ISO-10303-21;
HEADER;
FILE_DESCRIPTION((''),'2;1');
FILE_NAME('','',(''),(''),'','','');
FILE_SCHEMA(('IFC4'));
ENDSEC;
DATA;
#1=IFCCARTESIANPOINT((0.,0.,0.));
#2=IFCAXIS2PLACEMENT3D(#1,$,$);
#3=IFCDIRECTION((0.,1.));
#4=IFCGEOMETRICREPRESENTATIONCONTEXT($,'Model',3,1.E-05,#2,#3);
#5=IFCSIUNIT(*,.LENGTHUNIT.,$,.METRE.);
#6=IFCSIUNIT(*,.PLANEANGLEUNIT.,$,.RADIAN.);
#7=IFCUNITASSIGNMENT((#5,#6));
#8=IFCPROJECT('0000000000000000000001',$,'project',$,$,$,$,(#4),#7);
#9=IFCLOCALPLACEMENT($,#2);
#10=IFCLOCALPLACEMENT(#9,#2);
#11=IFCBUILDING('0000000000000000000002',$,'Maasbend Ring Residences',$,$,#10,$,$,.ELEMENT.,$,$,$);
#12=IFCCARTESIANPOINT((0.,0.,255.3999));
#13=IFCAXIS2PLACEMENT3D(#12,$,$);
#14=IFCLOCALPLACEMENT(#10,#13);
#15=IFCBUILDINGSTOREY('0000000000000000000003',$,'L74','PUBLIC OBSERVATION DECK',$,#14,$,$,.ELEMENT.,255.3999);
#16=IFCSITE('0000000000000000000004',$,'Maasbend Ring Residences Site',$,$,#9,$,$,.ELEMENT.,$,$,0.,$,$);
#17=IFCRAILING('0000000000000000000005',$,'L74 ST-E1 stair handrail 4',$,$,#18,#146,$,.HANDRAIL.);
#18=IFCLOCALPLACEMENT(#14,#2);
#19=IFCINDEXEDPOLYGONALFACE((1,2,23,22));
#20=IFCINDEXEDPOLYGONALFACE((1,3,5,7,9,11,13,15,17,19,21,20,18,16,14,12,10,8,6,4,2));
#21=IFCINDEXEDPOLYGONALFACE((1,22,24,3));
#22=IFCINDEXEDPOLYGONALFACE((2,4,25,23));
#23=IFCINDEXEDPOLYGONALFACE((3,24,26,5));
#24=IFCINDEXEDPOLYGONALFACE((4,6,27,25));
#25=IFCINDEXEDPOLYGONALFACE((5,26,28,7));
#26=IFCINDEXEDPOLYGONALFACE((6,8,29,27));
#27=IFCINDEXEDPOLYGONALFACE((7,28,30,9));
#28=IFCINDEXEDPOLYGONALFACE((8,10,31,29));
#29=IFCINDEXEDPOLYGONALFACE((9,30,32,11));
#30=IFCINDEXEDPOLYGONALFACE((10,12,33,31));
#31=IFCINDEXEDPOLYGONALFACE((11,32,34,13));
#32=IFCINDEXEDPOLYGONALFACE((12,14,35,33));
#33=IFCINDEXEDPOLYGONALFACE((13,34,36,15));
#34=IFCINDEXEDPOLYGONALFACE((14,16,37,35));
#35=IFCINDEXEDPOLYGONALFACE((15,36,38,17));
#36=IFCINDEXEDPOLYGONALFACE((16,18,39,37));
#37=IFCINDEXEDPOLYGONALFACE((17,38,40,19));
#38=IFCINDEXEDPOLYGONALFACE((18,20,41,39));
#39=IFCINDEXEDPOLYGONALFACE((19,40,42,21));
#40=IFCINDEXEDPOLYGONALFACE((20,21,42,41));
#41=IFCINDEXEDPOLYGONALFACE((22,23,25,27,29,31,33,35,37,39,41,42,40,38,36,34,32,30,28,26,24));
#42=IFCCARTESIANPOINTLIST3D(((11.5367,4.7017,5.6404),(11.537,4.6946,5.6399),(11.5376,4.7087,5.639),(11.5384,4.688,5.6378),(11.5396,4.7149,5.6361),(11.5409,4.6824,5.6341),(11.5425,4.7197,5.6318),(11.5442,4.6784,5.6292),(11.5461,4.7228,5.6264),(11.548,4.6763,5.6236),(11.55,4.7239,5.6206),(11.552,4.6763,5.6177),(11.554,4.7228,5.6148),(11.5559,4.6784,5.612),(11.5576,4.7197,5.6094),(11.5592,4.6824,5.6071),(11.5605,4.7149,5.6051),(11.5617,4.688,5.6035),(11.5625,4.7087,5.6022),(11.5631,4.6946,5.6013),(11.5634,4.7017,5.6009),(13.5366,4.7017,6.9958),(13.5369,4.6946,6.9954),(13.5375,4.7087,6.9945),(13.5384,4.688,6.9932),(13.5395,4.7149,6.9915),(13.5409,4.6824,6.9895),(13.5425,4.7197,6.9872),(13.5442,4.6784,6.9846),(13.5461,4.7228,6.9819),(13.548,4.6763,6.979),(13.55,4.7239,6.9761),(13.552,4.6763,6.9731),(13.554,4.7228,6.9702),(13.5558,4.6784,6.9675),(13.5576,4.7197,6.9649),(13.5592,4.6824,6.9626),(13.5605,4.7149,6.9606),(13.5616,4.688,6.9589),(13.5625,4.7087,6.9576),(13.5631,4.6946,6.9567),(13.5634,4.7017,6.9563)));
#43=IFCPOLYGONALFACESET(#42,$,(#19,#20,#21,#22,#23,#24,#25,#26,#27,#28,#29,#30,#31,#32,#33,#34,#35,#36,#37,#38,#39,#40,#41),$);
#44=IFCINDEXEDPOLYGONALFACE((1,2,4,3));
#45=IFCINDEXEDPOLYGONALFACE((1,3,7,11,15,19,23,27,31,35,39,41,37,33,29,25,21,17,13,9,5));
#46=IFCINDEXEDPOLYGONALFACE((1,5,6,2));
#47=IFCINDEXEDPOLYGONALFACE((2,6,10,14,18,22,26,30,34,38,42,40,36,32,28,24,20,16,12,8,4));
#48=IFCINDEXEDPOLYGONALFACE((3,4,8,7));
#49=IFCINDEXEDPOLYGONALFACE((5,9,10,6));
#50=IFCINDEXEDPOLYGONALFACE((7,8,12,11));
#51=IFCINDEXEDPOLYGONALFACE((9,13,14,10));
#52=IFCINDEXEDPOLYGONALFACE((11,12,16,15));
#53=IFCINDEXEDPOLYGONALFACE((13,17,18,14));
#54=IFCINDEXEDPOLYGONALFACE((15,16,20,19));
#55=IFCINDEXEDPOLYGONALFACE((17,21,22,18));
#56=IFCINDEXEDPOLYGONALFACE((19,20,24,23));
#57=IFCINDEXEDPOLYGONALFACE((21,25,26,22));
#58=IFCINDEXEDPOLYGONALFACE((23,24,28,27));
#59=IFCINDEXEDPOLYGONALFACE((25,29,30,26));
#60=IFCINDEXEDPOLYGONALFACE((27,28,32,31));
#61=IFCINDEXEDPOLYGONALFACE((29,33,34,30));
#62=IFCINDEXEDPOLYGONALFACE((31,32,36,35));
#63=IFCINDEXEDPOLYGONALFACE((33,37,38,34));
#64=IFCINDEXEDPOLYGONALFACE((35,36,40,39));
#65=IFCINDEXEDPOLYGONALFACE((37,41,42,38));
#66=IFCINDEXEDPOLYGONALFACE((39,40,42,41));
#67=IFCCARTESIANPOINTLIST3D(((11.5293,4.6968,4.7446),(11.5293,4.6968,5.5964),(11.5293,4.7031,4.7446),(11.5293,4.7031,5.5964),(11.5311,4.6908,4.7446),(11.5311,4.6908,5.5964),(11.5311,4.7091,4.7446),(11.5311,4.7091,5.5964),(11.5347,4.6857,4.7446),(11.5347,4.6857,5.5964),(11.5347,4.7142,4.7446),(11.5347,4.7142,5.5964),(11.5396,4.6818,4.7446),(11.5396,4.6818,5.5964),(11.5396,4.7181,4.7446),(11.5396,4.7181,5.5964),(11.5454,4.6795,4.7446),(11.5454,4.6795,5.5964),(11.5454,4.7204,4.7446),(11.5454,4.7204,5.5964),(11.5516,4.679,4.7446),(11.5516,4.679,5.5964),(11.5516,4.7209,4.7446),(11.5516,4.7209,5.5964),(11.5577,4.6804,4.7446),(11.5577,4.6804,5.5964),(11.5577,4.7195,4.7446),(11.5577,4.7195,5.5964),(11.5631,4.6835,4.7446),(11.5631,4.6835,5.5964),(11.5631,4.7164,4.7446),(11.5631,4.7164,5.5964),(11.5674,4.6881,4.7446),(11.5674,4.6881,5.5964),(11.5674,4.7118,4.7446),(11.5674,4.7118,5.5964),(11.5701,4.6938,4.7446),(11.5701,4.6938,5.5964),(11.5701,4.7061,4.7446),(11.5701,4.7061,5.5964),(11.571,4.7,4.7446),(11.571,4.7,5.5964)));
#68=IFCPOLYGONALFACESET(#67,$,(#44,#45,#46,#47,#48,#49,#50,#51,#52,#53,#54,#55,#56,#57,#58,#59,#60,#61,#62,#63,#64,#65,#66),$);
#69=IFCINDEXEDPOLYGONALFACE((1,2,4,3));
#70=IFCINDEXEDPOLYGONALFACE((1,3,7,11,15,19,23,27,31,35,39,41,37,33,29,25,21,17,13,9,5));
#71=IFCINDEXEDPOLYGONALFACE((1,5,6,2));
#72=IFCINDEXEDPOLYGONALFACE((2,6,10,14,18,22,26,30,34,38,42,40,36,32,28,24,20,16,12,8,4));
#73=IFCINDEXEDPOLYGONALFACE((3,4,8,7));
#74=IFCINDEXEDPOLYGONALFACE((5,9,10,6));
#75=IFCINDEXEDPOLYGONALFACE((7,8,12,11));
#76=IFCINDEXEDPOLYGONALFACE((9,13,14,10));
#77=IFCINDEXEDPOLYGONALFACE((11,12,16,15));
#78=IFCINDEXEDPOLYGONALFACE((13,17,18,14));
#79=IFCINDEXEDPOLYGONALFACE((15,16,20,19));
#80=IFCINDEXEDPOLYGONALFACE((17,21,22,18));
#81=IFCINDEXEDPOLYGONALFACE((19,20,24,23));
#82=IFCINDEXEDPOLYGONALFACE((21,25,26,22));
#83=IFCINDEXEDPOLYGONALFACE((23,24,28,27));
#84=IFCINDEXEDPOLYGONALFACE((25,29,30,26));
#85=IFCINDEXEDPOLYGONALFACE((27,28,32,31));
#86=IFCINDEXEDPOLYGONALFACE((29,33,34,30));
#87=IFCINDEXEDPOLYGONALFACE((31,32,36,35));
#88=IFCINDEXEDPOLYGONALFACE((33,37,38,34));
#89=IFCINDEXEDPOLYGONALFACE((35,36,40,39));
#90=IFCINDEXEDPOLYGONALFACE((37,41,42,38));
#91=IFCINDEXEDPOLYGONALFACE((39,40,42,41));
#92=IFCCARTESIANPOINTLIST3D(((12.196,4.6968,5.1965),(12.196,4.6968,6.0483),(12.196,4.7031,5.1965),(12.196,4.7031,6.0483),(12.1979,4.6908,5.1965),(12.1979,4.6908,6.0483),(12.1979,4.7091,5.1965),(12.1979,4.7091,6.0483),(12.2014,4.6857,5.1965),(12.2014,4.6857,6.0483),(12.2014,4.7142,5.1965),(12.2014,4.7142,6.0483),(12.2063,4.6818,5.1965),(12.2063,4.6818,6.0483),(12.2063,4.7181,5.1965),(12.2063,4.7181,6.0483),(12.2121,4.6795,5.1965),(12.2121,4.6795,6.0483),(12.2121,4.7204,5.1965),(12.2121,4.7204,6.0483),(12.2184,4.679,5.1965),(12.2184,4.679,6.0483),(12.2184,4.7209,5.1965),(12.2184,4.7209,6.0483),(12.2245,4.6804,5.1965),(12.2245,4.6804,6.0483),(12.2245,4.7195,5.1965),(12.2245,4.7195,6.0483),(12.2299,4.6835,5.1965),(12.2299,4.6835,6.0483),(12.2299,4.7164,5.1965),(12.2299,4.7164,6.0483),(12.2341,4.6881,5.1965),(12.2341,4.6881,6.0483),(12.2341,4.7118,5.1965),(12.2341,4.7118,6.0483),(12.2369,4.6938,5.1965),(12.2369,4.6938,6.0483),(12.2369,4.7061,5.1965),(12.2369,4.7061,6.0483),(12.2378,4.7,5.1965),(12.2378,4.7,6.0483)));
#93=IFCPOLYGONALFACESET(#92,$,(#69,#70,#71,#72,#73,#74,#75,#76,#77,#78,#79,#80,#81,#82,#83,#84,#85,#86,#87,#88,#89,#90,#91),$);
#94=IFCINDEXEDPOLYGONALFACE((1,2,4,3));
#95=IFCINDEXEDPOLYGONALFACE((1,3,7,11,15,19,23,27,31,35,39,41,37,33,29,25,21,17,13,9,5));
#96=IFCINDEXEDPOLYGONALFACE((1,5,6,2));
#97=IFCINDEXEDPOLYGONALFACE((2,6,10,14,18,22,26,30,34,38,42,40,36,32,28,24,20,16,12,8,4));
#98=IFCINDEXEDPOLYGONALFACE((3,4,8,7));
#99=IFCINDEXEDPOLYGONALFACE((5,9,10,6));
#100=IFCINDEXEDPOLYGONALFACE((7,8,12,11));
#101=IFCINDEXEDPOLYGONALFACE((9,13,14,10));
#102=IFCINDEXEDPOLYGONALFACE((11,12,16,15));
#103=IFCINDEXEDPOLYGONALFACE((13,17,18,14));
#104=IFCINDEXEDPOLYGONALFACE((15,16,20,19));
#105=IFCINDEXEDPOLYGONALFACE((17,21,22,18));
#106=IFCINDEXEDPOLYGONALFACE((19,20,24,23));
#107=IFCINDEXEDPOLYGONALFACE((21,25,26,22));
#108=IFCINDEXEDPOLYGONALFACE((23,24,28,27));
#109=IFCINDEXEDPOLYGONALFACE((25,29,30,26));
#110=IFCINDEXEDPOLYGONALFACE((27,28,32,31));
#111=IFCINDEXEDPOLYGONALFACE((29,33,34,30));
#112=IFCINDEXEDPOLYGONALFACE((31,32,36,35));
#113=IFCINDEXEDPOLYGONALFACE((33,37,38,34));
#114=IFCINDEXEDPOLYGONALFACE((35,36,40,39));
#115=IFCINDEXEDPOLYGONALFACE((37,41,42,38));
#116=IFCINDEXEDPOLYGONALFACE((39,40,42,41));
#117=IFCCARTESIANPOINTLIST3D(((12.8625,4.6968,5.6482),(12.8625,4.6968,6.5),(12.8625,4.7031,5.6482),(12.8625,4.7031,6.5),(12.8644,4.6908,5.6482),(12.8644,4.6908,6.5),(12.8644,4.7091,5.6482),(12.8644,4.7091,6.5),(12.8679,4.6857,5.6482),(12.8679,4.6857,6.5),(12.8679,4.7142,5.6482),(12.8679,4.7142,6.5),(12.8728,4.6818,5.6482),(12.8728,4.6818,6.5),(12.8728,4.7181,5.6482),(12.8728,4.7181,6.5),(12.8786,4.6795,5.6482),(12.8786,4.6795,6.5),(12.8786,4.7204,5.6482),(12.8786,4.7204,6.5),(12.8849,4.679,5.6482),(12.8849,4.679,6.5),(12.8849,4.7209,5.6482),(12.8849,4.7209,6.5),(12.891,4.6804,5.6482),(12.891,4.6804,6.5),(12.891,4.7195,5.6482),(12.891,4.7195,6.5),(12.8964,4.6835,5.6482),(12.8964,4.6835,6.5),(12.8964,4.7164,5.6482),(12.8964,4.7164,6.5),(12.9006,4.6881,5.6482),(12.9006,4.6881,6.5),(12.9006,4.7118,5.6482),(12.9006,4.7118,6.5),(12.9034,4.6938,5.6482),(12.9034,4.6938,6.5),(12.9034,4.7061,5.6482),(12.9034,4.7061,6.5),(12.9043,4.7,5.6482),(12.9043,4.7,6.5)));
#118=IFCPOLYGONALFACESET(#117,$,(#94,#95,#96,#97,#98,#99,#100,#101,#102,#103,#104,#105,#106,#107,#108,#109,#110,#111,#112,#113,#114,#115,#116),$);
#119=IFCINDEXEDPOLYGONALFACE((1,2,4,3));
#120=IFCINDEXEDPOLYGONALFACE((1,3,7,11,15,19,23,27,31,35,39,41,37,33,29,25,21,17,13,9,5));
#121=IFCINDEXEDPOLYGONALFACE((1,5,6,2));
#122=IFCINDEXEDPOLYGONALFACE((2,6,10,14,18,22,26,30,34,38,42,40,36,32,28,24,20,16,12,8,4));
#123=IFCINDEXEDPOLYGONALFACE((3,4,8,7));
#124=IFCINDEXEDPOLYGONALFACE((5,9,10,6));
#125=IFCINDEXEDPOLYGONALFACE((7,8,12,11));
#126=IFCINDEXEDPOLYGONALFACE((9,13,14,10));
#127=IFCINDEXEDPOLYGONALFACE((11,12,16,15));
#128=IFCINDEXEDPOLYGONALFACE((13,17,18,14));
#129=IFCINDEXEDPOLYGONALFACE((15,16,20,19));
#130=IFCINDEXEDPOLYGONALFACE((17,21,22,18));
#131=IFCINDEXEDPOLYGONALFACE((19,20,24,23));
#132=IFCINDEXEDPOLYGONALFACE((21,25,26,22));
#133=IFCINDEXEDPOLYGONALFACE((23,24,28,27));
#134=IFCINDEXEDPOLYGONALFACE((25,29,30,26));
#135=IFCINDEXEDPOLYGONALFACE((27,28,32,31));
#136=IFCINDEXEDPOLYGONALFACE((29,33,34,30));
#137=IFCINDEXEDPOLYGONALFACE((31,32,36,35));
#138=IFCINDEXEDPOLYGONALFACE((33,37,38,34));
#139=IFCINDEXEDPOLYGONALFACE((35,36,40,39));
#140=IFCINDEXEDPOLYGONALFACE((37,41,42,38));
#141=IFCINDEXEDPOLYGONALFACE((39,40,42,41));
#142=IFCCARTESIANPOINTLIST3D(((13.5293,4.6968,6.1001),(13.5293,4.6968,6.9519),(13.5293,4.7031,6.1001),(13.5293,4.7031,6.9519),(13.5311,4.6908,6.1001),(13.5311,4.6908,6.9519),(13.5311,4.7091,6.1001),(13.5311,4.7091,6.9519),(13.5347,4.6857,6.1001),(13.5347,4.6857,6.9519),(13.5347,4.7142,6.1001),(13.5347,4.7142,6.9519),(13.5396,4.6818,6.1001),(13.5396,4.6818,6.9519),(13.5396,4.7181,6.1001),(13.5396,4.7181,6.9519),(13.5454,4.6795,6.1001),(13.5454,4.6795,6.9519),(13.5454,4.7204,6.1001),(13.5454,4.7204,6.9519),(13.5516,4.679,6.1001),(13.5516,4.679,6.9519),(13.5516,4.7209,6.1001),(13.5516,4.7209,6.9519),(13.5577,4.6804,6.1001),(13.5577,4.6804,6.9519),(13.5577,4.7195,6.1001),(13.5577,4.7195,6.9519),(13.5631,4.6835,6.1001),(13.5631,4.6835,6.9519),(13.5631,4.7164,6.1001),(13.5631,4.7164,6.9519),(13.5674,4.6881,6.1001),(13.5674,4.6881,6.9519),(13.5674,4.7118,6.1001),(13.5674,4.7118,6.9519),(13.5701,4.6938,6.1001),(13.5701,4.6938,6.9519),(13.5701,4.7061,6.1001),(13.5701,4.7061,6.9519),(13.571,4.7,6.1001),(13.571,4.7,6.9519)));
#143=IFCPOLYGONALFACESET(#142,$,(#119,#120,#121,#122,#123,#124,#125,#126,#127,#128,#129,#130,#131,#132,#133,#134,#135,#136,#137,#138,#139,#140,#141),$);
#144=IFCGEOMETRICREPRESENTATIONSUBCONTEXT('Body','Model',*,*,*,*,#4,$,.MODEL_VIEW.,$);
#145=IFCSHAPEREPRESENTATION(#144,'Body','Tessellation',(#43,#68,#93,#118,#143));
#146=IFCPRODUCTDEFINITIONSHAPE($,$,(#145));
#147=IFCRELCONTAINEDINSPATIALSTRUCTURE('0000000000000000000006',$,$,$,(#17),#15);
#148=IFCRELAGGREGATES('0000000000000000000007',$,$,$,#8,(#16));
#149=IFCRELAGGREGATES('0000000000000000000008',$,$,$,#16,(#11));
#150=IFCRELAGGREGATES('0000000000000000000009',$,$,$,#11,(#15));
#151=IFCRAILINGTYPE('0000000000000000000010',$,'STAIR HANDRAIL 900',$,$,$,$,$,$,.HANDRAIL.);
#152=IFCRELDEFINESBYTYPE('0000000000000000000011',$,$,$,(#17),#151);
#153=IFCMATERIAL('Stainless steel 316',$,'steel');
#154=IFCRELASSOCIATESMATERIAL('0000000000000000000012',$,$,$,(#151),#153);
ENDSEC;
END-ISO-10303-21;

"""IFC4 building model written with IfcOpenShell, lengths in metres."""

from ifc_helpers import new_model, si_unit, direction, frame, origin, origin_2d, place, context, subcontext, project, spatial, circle, extrude, material, type_object, element, save


model = new_model("IFC4")

# Units and contexts
model_context = context("Model", 3, precision=1e-05, world=origin(), true_north=direction((0.0, 1.0)))
body_context = subcontext(model_context, "Body", "Model", "MODEL_VIEW")
ifc_project = project(units=[si_unit("LENGTHUNIT", "METRE"), si_unit("PLANEANGLEUNIT", "RADIAN")], contexts=[model_context])

# Site, building, storey
site_placement = place(None, origin())
site = spatial("IfcSite", under=ifc_project, at=site_placement, Name="Maasbend Ring Residences Site", CompositionType="ELEMENT", RefElevation=0.0)
building_placement = place(site_placement, origin())
building = spatial("IfcBuilding", under=site, at=building_placement, Name="Maasbend Ring Residences", CompositionType="ELEMENT")
storey_placement = place(building_placement, frame((0.0, 0.0, 255.3999)))
storey = spatial("IfcBuildingStorey", under=building, at=storey_placement, Name="L74", Description="PUBLIC OBSERVATION DECK", CompositionType="ELEMENT", Elevation=255.3999)

# Railing
ifc_material_1 = material(Name="Stainless steel 316", Category="steel")
railing_type_1 = type_object("IfcRailingType", Name="STAIR HANDRAIL 900", PredefinedType="HANDRAIL", material=ifc_material_1)
for number, where, name in (
    (1, (11.55, 4.7, 4.7446), "L74 ST-E1 stair handrail 4"),
):
    element("IfcRailing", number, at=place(storey_placement, frame(where)), inside=storey, type_object=railing_type_1, Name=name, PredefinedType="HANDRAIL", context=body_context, shape_type="SweptSolid", body=[
        extrude(circle(Radius=0.0239, at=origin_2d()), frame((0.0, 0.0, 0.876), z_axis=(0.827798, 0.0, 0.561027), x_axis=(0.0, 1.0, 0.0)), (0.0, 0.0, 1.0), 2.416),
        extrude(circle(Radius=0.021, at=origin_2d()), origin(), (0.0, 0.0, 1.0), 0.8518),
        extrude(circle(Radius=0.021, at=origin_2d()), frame((0.6667, 0.0, 0.4519)), (0.0, 0.0, 1.0), 0.8518),
        extrude(circle(Radius=0.021, at=origin_2d()), frame((1.3333, 0.0, 0.9036)), (0.0, 0.0, 1.0), 0.8518),
        extrude(circle(Radius=0.021, at=origin_2d()), frame((2.0, 0.0, 1.3555)), (0.0, 0.0, 1.0), 0.8518),
    ])

save(model, "model.ifc")
